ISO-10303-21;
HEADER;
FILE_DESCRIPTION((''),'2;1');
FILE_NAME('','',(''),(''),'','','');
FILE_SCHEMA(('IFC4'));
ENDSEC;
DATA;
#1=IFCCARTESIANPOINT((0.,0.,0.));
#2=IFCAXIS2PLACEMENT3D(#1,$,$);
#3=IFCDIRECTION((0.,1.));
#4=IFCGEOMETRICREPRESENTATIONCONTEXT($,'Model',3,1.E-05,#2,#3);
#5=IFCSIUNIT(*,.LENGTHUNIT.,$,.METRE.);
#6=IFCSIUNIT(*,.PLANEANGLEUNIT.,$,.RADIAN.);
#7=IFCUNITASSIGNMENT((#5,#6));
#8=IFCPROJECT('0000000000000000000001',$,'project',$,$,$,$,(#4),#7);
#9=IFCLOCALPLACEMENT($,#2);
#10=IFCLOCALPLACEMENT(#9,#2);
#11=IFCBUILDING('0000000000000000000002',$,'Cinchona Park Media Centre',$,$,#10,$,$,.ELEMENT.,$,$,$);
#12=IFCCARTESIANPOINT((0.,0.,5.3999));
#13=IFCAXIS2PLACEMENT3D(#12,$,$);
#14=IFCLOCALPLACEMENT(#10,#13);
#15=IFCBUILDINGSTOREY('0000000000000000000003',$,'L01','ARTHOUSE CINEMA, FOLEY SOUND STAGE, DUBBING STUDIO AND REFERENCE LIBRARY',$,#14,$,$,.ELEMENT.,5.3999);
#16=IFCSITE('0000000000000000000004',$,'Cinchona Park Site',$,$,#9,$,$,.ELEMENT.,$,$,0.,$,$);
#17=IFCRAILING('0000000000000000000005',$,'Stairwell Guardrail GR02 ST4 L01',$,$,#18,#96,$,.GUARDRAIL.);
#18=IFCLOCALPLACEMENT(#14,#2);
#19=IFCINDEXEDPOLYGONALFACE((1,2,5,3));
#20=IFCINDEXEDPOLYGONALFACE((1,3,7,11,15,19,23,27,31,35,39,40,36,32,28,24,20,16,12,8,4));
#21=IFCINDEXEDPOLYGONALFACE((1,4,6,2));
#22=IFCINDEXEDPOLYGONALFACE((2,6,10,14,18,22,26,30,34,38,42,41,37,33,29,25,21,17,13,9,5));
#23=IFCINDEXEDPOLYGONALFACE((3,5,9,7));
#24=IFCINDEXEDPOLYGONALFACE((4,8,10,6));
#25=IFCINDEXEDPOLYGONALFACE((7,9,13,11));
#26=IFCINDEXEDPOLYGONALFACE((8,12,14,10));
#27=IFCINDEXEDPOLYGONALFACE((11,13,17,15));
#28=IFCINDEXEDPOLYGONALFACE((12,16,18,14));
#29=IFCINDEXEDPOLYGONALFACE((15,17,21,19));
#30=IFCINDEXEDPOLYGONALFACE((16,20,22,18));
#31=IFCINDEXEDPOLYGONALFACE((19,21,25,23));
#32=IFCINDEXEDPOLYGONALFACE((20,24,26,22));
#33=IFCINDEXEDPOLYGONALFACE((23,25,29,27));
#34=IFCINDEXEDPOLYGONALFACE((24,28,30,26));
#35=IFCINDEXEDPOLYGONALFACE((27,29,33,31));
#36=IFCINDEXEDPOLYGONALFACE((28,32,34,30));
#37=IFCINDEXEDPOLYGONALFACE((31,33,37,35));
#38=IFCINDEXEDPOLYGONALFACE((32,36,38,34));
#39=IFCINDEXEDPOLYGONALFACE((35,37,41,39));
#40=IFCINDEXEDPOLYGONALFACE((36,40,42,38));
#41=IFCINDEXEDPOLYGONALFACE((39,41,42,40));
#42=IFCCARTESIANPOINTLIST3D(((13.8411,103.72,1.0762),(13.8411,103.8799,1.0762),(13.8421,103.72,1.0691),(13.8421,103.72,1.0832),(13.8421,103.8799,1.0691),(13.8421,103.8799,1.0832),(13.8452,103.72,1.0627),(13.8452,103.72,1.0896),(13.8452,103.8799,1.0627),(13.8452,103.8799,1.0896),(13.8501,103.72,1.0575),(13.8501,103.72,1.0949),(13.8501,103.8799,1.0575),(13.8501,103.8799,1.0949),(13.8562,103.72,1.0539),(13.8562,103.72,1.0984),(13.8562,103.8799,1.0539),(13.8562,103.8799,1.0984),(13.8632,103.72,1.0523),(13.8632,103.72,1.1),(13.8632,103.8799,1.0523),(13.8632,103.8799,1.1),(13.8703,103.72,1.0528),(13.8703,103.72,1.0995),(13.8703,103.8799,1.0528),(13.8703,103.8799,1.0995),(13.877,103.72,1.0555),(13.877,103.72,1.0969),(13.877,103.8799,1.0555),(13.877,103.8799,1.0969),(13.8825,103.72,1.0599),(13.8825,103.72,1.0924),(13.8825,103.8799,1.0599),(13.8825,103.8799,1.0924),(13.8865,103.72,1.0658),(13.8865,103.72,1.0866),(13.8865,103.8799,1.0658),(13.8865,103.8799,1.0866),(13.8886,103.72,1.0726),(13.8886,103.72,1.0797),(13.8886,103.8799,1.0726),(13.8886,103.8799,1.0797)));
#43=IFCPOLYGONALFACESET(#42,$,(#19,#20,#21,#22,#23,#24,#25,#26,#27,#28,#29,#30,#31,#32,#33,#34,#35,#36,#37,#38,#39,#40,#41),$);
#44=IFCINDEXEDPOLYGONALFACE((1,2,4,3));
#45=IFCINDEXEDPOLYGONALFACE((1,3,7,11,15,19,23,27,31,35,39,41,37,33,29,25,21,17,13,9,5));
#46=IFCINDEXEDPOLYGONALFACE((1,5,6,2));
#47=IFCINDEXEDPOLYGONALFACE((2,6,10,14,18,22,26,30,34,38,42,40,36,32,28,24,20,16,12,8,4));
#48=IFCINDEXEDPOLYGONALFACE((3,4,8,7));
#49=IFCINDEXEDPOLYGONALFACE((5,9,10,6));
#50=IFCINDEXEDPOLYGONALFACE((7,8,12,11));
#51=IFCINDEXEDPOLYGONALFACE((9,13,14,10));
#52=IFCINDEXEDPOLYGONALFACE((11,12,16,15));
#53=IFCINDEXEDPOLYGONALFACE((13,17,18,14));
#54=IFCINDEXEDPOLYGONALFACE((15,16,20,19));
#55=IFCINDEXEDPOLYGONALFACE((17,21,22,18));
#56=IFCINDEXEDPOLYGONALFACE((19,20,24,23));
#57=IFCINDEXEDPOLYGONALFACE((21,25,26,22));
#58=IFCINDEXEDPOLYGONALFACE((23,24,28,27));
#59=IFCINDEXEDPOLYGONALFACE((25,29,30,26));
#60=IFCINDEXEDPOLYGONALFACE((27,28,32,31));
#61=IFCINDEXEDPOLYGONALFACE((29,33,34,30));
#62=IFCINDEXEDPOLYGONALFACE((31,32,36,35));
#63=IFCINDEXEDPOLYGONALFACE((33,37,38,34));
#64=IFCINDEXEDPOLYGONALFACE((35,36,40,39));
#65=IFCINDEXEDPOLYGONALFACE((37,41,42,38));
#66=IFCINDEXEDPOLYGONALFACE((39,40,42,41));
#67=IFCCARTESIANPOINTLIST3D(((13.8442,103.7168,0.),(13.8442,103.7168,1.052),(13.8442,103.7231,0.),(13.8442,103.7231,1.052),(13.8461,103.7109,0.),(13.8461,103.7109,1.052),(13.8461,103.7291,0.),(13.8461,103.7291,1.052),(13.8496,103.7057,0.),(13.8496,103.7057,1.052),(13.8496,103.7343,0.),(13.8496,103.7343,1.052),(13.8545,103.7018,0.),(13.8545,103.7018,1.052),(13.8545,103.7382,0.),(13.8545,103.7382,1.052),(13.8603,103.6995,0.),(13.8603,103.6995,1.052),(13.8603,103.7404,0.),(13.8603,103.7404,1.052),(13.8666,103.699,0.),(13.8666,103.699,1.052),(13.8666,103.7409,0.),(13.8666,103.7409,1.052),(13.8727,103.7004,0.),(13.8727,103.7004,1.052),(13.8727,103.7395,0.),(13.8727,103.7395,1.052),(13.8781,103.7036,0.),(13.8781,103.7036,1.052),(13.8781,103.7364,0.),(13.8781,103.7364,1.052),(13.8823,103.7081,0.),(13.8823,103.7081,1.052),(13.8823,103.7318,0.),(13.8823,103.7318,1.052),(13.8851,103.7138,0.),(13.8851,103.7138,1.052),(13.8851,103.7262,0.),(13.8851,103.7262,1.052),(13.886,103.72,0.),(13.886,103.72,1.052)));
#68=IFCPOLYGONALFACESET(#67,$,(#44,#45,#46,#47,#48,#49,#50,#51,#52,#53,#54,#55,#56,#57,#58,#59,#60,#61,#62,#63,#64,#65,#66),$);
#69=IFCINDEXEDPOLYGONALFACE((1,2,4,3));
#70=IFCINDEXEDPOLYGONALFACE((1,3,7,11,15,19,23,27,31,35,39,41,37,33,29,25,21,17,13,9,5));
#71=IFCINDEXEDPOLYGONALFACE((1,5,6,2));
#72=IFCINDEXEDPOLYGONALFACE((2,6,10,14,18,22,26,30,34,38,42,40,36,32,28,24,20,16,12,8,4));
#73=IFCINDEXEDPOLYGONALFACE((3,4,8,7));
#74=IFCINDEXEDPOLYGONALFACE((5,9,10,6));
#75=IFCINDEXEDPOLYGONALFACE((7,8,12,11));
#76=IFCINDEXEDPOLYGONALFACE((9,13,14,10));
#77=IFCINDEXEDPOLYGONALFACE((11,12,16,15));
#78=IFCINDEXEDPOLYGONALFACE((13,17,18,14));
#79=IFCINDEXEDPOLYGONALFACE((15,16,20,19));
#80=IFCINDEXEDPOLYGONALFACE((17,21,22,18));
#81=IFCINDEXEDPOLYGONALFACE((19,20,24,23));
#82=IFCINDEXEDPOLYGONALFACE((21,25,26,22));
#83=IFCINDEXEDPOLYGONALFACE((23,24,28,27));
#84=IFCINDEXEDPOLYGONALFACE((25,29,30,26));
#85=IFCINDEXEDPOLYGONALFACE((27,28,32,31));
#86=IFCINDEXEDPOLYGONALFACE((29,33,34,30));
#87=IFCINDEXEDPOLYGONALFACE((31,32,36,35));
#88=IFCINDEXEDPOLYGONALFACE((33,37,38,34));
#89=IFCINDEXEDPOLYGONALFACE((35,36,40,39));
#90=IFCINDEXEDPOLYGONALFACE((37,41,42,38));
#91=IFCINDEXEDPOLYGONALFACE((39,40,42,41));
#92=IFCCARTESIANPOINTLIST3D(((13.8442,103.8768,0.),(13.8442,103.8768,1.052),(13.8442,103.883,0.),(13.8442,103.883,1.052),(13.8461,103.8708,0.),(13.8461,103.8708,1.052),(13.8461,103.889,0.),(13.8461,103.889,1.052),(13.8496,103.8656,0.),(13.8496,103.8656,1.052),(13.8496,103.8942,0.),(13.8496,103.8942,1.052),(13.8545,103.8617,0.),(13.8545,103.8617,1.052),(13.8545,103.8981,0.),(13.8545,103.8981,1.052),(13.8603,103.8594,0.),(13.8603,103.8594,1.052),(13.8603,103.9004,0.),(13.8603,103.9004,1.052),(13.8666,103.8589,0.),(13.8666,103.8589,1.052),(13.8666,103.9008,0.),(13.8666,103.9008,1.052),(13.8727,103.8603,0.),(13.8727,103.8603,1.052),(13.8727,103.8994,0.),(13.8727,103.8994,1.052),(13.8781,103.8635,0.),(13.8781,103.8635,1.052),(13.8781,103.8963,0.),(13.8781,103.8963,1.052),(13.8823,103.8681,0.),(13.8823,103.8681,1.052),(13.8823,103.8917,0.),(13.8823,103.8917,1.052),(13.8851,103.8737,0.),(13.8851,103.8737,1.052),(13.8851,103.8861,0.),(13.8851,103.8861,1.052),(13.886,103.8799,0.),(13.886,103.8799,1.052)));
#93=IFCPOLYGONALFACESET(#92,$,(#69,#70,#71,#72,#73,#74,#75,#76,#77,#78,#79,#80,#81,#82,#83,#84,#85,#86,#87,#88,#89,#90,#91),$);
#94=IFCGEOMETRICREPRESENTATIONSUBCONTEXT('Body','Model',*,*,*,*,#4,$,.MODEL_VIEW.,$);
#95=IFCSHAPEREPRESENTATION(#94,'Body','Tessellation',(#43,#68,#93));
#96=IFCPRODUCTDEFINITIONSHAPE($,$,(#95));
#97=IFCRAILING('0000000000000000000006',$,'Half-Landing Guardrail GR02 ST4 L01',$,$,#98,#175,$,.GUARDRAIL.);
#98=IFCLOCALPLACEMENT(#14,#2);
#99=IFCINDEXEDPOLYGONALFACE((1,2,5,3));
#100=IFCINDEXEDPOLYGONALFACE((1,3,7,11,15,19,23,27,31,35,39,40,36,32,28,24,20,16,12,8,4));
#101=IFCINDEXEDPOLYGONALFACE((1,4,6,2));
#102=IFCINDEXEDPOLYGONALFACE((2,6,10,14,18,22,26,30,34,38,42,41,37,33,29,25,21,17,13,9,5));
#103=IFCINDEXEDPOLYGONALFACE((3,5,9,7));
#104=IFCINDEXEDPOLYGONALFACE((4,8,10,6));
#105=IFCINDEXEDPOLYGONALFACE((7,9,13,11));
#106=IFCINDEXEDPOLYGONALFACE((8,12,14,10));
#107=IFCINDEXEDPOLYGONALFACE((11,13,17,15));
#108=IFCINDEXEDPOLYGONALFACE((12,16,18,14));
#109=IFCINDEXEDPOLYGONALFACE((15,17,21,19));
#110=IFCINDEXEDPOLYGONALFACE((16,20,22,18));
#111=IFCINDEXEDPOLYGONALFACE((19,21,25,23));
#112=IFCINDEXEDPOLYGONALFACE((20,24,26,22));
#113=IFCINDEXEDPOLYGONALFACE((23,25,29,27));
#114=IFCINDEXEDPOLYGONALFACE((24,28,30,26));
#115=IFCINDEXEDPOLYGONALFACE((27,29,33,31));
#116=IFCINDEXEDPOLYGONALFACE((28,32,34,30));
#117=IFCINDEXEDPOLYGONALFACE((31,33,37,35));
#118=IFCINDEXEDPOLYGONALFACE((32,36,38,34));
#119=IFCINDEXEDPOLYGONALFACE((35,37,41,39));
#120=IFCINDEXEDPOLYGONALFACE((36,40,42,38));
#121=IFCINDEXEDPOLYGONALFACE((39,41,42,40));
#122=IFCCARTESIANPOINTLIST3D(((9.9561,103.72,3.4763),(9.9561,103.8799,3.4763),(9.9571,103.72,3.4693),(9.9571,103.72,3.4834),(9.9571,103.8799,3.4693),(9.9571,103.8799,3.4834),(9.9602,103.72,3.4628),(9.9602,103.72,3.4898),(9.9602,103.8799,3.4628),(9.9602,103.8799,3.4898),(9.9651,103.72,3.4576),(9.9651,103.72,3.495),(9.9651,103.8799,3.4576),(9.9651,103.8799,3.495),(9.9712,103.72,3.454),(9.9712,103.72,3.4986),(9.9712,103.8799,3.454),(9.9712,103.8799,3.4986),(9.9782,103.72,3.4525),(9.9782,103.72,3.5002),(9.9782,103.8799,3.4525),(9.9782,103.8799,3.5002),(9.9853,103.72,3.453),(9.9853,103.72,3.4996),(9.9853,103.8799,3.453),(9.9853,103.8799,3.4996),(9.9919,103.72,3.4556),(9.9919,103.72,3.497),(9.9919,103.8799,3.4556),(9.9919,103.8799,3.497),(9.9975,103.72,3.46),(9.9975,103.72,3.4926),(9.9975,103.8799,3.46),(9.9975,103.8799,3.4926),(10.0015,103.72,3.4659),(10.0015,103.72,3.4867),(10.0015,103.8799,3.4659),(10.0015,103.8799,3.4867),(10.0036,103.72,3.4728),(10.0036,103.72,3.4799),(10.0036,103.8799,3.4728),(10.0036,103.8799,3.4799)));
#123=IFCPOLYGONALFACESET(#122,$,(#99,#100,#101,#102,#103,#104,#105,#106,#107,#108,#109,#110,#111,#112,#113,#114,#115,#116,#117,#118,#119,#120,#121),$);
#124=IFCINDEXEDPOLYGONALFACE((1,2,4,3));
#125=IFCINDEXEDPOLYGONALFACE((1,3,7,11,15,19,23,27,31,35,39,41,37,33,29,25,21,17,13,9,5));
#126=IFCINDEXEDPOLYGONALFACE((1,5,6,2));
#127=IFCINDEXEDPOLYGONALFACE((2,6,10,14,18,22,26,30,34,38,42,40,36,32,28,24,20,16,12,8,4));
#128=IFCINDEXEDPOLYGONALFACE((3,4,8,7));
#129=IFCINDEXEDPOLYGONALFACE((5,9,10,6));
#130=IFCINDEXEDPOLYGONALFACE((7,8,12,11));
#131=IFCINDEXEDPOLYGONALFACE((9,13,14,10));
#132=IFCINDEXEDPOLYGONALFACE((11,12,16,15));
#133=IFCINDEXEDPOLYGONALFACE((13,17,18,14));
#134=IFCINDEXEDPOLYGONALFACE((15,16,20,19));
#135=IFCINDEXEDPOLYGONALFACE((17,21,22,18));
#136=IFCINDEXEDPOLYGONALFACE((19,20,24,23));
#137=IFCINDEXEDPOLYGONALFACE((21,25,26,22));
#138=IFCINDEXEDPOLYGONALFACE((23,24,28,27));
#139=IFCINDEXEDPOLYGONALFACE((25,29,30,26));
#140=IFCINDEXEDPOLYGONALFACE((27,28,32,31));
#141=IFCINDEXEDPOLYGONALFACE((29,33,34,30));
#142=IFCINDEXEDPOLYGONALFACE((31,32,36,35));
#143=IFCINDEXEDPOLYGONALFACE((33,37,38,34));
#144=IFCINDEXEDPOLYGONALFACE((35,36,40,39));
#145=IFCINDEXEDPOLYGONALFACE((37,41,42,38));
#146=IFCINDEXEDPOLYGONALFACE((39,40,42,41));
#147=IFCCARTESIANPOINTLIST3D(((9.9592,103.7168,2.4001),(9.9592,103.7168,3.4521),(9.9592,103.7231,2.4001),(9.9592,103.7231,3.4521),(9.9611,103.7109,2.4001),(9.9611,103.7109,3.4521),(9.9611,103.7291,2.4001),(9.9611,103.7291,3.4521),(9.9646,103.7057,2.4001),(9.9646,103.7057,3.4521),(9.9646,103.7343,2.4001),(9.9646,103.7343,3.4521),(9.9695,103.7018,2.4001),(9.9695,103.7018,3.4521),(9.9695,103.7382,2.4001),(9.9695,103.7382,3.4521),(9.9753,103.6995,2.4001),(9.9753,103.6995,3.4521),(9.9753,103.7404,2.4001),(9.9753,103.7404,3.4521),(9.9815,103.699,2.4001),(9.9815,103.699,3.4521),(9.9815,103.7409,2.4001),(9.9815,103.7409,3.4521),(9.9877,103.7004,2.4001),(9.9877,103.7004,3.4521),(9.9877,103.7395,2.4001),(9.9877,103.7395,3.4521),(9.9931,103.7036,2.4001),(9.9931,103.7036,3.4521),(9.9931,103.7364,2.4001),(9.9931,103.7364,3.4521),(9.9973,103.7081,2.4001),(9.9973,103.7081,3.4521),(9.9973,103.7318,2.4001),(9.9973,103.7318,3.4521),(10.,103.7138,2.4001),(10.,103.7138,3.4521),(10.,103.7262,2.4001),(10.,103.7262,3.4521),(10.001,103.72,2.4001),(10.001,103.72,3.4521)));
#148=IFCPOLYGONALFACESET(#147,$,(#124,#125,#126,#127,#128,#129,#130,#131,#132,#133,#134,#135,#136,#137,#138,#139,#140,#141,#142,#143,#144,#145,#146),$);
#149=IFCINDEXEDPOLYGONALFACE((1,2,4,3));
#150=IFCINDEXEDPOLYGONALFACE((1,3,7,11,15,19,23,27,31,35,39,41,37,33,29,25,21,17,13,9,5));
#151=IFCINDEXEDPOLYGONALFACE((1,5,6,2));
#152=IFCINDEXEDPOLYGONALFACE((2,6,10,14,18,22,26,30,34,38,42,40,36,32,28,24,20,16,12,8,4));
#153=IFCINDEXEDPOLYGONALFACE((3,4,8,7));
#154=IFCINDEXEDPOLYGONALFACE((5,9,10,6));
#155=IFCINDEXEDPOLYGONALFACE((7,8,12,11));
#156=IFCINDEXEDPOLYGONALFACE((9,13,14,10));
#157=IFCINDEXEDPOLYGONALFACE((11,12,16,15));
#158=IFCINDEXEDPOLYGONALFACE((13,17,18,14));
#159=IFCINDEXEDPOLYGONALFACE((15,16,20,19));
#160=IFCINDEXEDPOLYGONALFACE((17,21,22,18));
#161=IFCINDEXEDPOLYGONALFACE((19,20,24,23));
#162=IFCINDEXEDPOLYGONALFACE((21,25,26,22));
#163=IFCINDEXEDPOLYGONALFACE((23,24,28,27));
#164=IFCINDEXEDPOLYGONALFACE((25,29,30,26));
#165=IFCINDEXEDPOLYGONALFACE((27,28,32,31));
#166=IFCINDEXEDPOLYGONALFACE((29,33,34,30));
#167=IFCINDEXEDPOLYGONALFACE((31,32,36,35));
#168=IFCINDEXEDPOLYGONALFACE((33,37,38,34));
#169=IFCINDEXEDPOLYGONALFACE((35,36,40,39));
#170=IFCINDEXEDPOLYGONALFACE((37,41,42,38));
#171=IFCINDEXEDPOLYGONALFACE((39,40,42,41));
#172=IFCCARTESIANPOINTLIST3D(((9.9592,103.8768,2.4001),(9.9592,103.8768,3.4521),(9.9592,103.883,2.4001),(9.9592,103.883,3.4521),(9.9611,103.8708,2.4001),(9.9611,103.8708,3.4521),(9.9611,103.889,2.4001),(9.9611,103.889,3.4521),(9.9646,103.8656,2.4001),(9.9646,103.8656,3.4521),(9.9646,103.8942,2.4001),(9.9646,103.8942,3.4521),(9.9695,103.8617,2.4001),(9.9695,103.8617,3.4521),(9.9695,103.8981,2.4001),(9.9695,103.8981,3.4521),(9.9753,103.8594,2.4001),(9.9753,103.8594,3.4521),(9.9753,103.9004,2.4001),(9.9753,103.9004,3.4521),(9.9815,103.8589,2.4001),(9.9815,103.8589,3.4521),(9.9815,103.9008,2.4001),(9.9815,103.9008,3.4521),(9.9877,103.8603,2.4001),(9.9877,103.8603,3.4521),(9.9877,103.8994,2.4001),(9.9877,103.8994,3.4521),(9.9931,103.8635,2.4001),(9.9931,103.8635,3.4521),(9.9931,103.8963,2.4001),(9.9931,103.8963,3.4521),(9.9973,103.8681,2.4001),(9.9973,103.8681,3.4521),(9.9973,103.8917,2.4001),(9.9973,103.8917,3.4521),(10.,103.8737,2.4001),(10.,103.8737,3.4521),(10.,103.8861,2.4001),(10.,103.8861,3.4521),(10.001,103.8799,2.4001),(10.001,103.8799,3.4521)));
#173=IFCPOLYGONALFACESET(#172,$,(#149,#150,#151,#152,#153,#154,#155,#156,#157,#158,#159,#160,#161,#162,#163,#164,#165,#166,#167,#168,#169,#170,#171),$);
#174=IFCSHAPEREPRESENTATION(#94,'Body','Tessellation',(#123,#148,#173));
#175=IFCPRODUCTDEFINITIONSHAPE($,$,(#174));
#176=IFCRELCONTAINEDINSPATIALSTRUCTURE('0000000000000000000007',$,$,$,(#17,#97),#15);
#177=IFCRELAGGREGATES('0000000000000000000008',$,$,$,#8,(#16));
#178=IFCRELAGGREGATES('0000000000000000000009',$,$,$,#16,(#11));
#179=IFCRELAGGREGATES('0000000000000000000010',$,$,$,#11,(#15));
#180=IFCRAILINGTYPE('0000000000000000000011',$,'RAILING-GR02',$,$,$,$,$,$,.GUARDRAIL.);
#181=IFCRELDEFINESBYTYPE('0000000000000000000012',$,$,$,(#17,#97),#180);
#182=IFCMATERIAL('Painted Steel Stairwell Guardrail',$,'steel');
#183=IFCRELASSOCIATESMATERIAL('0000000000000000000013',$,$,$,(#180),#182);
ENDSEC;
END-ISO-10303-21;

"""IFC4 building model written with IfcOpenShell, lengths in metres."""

from ifc_helpers import new_model, si_unit, direction, frame, origin, origin_2d, place, context, subcontext, project, spatial, circle, extrude, material, type_object, element, save


model = new_model("IFC4")

# Units and contexts
model_context = context("Model", 3, precision=1e-05, world=origin(), true_north=direction((0.0, 1.0)))
body_context = subcontext(model_context, "Body", "Model", "MODEL_VIEW")
ifc_project = project(units=[si_unit("LENGTHUNIT", "METRE"), si_unit("PLANEANGLEUNIT", "RADIAN")], contexts=[model_context])

# Site, building, storey
site_placement = place(None, origin())
site = spatial("IfcSite", under=ifc_project, at=site_placement, Name="Cinchona Park Site", CompositionType="ELEMENT", RefElevation=0.0)
building_placement = place(site_placement, origin())
building = spatial("IfcBuilding", under=site, at=building_placement, Name="Cinchona Park Media Centre", CompositionType="ELEMENT")
storey_placement = place(building_placement, frame((0.0, 0.0, 5.3999)))
storey = spatial("IfcBuildingStorey", under=building, at=storey_placement, Name="L01", Description="ARTHOUSE CINEMA, FOLEY SOUND STAGE, DUBBING STUDIO AND REFERENCE LIBRARY", CompositionType="ELEMENT", Elevation=5.3999)

# Railings
ifc_material_1 = material(Name="Painted Steel Stairwell Guardrail", Category="steel")
railing_type_1 = type_object("IfcRailingType", Name="RAILING-GR02", PredefinedType="GUARDRAIL", material=ifc_material_1)
for number, where, name in (
    (1, (13.865, 103.72, 0.0), "Stairwell Guardrail GR02 ST4 L01"),
    (2, (9.98, 103.72, 2.4001), "Half-Landing Guardrail GR02 ST4 L01"),
):
    element("IfcRailing", number, at=place(storey_placement, frame(where)), inside=storey, type_object=railing_type_1, Name=name, PredefinedType="GUARDRAIL", context=body_context, shape_type="SweptSolid", body=[
        extrude(circle(Radius=0.0239, at=origin_2d()), frame((0.0, 0.0, 1.0762), z_axis=(0.0, 1.0, 0.0), x_axis=(-1.0, 0.0, 0.0)), (0.0, 0.0, 1.0), 0.1599),
        extrude(circle(Radius=0.021, at=origin_2d()), origin(), (0.0, 0.0, 1.0), 1.052),
        extrude(circle(Radius=0.021, at=origin_2d()), frame((0.0, 0.1599, 0.0)), (0.0, 0.0, 1.0), 1.052),
    ])

save(model, "model.ifc")
